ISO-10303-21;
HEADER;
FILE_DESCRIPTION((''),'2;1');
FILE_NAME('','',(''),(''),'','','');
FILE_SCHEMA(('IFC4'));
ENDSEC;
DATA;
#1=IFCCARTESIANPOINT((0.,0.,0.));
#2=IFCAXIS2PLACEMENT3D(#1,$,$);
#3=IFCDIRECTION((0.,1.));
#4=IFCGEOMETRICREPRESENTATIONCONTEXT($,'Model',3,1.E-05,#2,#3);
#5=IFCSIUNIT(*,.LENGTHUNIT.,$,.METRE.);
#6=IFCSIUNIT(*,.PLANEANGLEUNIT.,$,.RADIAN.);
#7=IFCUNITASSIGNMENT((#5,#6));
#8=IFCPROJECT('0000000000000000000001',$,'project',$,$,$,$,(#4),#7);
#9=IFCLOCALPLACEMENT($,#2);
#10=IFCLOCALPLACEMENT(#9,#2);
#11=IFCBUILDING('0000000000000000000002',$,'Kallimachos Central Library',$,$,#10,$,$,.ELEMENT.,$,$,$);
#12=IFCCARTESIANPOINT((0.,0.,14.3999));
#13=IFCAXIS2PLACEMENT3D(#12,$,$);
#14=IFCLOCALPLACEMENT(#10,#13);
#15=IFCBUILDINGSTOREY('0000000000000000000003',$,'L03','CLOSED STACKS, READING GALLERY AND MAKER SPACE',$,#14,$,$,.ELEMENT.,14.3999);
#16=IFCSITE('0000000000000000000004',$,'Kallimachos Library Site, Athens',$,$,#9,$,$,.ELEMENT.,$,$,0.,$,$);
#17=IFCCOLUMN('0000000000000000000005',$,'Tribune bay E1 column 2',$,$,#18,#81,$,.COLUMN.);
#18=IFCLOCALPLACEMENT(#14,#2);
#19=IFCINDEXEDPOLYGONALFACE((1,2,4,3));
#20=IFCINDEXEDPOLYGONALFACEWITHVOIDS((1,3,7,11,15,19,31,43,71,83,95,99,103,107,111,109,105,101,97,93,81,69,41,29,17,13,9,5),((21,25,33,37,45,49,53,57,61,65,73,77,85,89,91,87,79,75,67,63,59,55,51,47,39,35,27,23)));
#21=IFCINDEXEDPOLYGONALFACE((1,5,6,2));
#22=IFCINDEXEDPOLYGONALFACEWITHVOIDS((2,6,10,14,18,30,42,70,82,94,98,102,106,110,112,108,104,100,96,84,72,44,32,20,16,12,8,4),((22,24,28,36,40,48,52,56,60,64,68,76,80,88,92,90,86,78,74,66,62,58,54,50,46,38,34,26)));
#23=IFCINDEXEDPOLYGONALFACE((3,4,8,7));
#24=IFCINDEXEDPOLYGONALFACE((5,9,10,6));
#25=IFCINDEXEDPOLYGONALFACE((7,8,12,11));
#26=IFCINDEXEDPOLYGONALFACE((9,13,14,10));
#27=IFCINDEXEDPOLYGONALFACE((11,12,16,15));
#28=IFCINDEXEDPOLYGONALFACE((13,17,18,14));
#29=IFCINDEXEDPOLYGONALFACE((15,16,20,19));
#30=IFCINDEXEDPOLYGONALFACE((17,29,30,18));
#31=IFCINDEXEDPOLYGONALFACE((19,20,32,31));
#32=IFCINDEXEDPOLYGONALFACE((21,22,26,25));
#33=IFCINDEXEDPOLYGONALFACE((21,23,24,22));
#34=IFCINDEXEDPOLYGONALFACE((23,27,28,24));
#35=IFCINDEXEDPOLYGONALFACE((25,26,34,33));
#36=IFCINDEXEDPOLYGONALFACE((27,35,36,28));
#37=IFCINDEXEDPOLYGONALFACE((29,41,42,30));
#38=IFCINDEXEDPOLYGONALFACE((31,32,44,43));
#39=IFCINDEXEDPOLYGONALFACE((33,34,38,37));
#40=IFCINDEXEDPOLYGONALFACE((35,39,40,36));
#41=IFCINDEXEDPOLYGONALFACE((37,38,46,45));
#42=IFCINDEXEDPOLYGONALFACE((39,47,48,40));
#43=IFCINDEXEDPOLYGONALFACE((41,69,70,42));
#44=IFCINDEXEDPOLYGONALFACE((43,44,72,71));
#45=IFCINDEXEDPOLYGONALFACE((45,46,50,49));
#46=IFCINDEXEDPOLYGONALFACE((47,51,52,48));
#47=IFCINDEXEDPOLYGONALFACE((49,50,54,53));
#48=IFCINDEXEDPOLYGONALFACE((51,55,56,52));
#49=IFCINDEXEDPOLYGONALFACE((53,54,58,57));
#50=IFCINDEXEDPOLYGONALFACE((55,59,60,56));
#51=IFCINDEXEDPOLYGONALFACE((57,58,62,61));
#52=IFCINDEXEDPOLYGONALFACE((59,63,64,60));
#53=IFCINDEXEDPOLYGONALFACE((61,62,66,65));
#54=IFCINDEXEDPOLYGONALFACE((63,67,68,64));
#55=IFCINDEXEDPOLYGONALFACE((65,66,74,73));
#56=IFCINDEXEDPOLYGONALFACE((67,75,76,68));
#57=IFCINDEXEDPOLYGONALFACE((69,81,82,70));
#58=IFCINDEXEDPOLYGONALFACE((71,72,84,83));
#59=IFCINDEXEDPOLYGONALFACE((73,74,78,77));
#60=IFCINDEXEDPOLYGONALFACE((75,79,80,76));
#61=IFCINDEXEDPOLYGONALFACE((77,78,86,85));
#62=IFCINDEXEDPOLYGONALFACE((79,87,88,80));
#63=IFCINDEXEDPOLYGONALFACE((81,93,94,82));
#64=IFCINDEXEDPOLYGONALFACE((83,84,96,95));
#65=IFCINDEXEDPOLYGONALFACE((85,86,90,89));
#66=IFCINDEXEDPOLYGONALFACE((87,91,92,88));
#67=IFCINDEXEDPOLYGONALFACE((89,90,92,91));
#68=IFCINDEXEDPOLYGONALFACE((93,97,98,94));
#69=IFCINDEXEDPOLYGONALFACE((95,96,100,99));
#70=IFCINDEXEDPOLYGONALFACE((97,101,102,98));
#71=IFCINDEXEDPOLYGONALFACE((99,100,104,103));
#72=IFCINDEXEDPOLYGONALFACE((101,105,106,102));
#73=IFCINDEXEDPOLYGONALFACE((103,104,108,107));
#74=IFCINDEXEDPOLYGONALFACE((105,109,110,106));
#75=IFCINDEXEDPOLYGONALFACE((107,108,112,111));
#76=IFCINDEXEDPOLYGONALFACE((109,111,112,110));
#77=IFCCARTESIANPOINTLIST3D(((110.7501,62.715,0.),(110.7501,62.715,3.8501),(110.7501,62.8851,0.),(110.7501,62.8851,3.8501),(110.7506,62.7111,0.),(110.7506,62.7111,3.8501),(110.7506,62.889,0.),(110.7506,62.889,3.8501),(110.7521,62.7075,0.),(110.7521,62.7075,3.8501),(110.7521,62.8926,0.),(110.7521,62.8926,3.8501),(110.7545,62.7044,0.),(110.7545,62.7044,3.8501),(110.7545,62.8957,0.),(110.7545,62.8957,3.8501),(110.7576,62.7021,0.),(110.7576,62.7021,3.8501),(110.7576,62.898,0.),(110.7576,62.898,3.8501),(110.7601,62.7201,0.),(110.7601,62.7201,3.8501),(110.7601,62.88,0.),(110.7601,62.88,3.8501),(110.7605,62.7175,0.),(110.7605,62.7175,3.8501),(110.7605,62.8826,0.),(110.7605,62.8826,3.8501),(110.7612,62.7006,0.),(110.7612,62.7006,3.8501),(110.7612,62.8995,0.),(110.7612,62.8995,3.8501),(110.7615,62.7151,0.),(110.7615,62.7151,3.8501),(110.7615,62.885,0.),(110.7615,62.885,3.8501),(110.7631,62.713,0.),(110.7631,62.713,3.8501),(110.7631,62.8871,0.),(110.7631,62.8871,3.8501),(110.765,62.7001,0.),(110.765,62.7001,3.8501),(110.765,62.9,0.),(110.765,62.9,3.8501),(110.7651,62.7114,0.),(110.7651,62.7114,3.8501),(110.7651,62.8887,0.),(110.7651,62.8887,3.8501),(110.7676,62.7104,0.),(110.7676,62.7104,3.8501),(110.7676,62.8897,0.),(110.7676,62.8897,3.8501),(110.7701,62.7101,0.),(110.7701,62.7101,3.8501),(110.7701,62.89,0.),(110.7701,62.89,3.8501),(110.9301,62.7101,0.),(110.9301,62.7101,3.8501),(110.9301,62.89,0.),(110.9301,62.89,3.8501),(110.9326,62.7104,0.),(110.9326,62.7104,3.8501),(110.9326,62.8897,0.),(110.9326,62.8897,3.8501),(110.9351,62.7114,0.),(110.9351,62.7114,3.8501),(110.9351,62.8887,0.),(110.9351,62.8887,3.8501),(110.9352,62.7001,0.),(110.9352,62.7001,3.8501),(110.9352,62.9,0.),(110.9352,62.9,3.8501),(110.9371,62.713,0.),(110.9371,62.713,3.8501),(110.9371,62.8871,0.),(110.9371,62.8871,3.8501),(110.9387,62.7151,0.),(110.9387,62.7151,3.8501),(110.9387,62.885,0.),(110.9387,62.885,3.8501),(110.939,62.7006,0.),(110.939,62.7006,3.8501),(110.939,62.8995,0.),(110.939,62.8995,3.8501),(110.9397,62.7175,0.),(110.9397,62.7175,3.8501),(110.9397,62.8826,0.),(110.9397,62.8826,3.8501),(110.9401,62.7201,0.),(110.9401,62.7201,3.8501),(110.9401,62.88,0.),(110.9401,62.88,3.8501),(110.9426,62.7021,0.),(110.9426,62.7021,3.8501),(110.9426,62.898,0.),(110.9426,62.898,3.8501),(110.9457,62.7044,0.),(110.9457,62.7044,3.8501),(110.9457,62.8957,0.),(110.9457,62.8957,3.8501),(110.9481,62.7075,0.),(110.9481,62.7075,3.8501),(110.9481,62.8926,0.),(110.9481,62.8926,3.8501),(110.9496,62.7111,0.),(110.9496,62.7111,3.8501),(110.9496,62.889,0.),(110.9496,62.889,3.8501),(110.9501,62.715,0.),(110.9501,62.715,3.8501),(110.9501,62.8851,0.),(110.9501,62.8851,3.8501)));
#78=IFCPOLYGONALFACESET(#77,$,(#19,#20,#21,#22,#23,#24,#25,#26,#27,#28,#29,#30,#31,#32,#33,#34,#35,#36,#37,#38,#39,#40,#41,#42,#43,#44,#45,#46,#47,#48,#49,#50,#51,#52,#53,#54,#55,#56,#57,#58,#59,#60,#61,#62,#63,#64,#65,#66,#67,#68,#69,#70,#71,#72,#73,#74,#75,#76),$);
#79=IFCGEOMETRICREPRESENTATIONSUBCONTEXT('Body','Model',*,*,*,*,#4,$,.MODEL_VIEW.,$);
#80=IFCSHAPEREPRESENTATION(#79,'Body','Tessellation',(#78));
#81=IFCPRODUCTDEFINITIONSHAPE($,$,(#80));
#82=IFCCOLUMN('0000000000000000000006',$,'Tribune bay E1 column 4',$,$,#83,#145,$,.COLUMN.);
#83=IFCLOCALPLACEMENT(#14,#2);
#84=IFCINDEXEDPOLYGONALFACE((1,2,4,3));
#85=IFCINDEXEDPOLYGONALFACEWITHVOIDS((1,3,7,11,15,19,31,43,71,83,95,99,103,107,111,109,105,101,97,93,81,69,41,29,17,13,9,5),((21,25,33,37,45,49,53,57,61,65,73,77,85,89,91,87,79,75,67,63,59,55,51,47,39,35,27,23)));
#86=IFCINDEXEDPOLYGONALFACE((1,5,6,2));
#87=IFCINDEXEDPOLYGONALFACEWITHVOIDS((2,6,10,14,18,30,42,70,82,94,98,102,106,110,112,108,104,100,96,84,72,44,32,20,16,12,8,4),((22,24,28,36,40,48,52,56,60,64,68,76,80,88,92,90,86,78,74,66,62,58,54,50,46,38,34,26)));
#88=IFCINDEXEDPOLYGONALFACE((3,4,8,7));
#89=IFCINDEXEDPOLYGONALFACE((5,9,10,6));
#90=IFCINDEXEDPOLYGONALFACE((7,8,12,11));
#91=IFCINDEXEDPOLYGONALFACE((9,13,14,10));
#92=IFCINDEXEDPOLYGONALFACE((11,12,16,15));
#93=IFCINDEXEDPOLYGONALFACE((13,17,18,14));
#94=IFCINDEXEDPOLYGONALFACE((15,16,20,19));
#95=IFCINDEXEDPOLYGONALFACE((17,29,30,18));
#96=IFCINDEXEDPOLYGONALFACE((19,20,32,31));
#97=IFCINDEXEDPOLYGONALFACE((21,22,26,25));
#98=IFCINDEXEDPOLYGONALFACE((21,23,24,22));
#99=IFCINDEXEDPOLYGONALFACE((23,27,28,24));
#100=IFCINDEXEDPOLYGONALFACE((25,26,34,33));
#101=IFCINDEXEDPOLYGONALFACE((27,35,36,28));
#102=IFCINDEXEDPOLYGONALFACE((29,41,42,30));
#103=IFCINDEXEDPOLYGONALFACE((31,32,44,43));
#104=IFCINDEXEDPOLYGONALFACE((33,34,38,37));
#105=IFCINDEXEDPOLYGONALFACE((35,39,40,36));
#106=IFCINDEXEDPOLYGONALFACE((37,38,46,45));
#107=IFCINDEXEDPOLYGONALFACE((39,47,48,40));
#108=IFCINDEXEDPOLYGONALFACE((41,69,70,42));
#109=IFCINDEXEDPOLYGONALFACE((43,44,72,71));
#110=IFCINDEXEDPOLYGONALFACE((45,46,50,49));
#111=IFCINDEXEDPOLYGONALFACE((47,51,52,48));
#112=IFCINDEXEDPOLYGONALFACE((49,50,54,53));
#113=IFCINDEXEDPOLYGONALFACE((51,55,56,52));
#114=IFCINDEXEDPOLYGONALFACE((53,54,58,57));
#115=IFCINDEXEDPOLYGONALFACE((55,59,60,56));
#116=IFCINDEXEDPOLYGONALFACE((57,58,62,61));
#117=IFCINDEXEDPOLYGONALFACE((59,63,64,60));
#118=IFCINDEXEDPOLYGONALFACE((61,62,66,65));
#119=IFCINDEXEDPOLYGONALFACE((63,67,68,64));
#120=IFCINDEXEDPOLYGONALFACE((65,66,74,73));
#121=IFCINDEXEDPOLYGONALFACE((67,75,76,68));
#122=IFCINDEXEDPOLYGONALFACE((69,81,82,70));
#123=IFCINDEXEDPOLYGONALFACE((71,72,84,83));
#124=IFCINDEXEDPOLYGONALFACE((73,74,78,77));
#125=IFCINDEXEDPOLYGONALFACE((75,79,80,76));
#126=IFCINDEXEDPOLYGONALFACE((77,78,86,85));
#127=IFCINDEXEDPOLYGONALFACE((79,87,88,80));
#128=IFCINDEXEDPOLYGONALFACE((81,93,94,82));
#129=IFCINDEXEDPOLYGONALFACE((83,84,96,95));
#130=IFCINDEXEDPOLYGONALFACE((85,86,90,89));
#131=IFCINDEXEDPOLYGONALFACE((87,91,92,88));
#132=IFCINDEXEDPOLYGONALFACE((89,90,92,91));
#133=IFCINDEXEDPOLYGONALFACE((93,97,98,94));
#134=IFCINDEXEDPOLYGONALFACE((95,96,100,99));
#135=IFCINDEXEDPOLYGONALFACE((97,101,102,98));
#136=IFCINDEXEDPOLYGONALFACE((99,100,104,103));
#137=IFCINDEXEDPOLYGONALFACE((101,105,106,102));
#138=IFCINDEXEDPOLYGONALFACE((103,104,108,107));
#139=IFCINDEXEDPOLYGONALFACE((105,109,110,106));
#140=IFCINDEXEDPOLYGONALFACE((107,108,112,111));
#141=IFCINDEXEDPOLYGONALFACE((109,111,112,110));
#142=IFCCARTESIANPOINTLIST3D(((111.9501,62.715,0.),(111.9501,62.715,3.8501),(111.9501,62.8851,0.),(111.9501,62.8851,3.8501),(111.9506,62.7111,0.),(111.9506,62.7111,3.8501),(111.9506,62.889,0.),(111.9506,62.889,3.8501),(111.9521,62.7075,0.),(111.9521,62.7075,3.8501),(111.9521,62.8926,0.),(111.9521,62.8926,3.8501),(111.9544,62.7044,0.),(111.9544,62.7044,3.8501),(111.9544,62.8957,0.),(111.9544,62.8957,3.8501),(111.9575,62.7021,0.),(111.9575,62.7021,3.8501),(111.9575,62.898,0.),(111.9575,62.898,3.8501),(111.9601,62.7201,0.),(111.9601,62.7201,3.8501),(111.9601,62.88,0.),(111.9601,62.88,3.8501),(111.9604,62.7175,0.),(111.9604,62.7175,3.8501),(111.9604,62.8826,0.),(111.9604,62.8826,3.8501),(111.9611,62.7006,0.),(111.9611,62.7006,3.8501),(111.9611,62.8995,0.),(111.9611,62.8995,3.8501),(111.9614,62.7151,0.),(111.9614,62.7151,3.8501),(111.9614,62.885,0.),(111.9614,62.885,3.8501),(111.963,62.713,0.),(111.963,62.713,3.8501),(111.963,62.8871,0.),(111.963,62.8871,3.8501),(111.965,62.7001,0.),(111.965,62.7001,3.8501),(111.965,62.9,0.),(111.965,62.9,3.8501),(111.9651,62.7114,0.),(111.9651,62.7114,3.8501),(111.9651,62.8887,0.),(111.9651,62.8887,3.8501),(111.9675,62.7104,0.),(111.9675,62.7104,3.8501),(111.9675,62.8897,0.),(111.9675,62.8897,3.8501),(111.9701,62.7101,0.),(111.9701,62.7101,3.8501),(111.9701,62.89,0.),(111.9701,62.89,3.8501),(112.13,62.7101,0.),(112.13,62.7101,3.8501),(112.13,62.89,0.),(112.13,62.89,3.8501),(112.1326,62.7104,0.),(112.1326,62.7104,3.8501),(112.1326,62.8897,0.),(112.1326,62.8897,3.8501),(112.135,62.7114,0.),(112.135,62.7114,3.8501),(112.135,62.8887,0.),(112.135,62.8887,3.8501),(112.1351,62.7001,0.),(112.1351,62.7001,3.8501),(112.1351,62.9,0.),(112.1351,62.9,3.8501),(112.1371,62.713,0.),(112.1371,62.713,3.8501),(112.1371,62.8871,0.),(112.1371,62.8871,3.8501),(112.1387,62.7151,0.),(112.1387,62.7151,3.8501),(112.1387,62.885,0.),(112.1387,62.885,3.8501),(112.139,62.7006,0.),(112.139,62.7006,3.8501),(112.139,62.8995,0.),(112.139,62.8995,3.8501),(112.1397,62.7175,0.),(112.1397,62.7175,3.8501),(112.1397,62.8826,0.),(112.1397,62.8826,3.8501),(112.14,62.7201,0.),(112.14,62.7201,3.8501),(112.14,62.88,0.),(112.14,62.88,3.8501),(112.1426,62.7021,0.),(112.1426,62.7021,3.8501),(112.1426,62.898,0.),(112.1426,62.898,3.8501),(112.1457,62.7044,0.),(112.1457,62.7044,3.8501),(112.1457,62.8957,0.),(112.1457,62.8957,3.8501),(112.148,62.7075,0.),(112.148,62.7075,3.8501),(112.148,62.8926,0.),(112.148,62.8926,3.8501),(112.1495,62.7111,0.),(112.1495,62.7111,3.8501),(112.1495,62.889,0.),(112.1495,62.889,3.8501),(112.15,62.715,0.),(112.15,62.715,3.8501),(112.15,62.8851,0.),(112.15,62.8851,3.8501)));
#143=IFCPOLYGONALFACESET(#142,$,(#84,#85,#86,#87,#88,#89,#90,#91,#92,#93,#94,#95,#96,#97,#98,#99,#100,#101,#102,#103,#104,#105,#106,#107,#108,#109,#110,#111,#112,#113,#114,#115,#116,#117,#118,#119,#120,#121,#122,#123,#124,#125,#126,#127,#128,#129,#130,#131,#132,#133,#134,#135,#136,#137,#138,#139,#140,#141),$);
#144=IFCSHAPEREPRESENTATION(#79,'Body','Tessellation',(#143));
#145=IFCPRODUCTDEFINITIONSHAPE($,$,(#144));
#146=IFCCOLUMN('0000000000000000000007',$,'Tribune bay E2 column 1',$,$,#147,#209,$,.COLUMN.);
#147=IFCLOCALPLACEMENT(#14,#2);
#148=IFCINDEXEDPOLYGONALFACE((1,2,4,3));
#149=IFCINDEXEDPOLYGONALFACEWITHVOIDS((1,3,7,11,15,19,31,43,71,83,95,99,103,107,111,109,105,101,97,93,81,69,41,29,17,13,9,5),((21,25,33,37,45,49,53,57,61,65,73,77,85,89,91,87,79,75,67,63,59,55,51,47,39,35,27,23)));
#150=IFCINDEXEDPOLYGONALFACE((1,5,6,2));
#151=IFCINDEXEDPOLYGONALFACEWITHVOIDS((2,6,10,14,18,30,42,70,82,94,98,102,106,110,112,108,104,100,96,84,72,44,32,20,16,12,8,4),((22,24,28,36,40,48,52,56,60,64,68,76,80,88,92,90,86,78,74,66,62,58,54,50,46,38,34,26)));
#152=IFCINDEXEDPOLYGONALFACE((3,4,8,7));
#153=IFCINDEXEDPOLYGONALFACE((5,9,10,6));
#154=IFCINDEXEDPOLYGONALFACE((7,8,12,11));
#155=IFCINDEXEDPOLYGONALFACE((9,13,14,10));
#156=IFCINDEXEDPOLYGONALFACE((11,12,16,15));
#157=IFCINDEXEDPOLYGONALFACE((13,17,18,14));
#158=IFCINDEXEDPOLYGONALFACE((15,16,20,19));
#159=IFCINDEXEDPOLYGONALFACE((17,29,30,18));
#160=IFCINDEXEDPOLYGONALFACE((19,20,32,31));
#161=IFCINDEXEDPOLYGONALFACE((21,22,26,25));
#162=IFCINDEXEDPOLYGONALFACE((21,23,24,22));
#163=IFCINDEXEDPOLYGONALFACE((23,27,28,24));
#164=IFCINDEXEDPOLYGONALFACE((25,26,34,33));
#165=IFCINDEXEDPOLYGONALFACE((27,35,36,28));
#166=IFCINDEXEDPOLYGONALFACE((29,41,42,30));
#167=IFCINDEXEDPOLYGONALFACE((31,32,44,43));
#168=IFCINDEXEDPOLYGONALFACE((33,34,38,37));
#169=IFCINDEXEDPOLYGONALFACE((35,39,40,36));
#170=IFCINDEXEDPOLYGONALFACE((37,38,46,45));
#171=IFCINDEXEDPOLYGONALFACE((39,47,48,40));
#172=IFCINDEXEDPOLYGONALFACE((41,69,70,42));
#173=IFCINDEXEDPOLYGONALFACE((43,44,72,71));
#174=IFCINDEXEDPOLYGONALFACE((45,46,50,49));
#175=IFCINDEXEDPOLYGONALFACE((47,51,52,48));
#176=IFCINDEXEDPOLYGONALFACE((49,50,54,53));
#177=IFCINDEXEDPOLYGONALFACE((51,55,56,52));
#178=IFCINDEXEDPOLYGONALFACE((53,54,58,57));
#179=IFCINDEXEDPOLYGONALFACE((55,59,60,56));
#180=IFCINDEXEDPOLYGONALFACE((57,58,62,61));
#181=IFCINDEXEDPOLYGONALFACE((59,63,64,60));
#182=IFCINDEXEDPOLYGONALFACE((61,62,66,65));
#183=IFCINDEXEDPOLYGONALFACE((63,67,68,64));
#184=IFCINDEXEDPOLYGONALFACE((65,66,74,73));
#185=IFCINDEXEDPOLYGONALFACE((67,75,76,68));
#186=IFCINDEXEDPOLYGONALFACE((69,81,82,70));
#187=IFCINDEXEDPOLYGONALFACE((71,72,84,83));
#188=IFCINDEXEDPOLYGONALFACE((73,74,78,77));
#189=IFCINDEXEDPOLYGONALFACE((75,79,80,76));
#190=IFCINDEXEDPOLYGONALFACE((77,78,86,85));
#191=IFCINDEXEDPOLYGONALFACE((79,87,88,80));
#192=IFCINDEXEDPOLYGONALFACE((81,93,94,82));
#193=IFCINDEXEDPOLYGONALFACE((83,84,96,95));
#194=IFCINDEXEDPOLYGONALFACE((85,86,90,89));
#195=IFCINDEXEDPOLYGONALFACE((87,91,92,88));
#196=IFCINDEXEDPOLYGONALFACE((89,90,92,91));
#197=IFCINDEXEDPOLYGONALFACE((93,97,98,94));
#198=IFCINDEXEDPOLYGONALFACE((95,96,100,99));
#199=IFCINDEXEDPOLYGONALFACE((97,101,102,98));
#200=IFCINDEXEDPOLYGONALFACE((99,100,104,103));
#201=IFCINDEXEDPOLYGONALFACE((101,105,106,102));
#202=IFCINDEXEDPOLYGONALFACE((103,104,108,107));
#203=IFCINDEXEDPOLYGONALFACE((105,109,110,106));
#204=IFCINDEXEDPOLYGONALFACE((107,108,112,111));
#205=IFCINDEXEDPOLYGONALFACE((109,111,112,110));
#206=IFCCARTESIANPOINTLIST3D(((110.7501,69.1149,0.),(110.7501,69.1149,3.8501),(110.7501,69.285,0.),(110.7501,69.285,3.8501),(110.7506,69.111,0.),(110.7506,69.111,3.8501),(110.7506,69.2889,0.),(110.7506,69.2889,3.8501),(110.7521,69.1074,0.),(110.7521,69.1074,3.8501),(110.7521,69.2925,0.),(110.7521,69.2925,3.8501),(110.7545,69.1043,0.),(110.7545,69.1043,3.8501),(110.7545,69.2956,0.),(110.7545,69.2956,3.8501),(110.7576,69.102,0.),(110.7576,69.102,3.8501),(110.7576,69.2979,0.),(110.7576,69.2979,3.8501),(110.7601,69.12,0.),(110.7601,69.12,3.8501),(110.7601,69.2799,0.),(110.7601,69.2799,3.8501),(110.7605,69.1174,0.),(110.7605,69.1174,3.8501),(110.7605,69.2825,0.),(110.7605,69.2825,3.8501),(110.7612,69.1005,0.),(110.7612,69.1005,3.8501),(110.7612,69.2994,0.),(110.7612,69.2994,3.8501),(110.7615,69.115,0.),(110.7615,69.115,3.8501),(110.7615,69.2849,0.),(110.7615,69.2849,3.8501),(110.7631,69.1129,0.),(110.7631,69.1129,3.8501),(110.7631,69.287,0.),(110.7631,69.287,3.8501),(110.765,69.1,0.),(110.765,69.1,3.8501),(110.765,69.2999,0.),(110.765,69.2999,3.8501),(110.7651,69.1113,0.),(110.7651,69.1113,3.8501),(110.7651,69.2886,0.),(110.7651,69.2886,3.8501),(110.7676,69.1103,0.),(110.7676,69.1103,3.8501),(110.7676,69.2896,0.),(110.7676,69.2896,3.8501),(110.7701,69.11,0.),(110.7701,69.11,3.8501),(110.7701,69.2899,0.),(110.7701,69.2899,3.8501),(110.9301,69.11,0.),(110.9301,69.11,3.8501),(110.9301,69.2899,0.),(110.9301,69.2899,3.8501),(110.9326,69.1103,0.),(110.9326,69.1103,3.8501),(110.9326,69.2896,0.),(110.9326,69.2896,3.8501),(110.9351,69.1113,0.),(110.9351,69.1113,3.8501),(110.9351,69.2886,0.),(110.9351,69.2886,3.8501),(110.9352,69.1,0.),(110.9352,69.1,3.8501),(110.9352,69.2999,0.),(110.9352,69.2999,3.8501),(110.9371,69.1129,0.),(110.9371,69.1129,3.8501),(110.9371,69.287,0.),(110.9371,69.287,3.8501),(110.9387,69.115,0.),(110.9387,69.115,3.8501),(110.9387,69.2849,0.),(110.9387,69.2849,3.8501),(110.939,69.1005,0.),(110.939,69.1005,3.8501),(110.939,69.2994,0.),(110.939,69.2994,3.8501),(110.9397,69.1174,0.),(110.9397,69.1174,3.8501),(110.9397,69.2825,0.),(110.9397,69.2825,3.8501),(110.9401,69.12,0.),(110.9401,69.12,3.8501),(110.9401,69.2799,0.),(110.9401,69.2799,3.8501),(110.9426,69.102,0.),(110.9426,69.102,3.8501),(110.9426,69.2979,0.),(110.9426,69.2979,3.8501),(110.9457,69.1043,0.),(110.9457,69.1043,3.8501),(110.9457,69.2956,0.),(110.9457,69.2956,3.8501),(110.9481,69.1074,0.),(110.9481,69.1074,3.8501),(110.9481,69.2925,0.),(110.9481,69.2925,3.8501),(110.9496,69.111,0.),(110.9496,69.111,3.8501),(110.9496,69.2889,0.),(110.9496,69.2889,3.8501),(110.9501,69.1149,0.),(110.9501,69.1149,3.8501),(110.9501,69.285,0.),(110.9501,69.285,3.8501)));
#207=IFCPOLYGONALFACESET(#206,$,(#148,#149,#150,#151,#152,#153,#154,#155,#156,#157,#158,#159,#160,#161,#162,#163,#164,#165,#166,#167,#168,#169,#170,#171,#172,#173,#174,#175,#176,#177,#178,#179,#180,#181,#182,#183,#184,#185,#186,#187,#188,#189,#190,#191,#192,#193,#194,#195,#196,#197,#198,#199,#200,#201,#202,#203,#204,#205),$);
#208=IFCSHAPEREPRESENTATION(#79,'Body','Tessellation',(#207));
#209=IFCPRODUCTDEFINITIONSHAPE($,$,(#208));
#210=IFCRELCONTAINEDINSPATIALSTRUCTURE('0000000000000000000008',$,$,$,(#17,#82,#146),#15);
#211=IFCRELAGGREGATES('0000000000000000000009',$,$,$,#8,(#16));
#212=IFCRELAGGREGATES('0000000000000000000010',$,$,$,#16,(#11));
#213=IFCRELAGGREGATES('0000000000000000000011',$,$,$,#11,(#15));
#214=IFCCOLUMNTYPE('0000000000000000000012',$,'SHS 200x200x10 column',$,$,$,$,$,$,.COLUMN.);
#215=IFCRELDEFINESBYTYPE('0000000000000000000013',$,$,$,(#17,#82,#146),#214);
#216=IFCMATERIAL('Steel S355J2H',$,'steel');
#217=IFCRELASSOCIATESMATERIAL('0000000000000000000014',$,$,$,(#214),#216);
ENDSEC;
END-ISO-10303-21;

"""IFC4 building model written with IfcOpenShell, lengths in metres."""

from ifc_helpers import new_model, si_unit, direction, frame, origin, origin_2d, place, context, subcontext, project, spatial, hollow_rectangle, extrude, material, material_profile, profile_set, type_object, element, save


model = new_model("IFC4")

# Units and contexts
model_context = context("Model", 3, precision=1e-05, world=origin(), true_north=direction((0.0, 1.0)))
body_context = subcontext(model_context, "Body", "Model", "MODEL_VIEW")
ifc_project = project(units=[si_unit("LENGTHUNIT", "METRE"), si_unit("PLANEANGLEUNIT", "RADIAN")], contexts=[model_context])

# Site, building, storey
site_placement = place(None, origin())
site = spatial("IfcSite", under=ifc_project, at=site_placement, Name="Kallimachos Library Site, Athens", CompositionType="ELEMENT", RefElevation=0.0)
building_placement = place(site_placement, origin())
building = spatial("IfcBuilding", under=site, at=building_placement, Name="Kallimachos Central Library", CompositionType="ELEMENT")
storey_placement = place(building_placement, frame((0.0, 0.0, 14.3999)))
storey = spatial("IfcBuildingStorey", under=building, at=storey_placement, Name="L03", Description="CLOSED STACKS, READING GALLERY AND MAKER SPACE", CompositionType="ELEMENT", Elevation=14.3999)

# Columns
ifc_material_1 = material(Name="Steel S355J2H", Category="steel")
ifc_material_profile_1 = material_profile(ifc_material_1, hollow_rectangle(XDim=0.2, YDim=0.2, WallThickness=0.01, InnerFilletRadius=0.01, OuterFilletRadius=0.0149, at=origin_2d()), Name="SHS 200x200x10")
ifc_profile_set_1 = profile_set([ifc_material_profile_1], Name="Steel S355J2H")
column_type = type_object("IfcColumnType", Name="SHS 200x200x10 column", PredefinedType="COLUMN", material=ifc_profile_set_1)
for number, where, z_axis, x_axis, name in (
    (1, (110.8501, 62.8, 0.0), (0.0, 0.0, 1.0), (1.0, 0.0, 0.0), "Tribune bay E1 column 2"),
    (2, (112.05, 62.8, 0.0), (0.0, 0.0, 1.0), (1.0, 0.0, 0.0), "Tribune bay E1 column 4"),
    (3, (110.8501, 69.2, 0.0), (0.0, 0.0, 1.0), (1.0, 0.0, 0.0), "Tribune bay E2 column 1"),
):
    element("IfcColumn", number, at=place(storey_placement, frame(where, z_axis=z_axis, x_axis=x_axis)), inside=storey, type_object=column_type, Name=name, PredefinedType="COLUMN", context=body_context, shape_type="SweptSolid", body=[
        extrude(hollow_rectangle(XDim=0.2, YDim=0.2, WallThickness=0.01, InnerFilletRadius=0.01, OuterFilletRadius=0.0149, at=origin_2d()), origin(), (0.0, 0.0, 1.0), 3.8501),
    ])

save(model, "model.ifc")
